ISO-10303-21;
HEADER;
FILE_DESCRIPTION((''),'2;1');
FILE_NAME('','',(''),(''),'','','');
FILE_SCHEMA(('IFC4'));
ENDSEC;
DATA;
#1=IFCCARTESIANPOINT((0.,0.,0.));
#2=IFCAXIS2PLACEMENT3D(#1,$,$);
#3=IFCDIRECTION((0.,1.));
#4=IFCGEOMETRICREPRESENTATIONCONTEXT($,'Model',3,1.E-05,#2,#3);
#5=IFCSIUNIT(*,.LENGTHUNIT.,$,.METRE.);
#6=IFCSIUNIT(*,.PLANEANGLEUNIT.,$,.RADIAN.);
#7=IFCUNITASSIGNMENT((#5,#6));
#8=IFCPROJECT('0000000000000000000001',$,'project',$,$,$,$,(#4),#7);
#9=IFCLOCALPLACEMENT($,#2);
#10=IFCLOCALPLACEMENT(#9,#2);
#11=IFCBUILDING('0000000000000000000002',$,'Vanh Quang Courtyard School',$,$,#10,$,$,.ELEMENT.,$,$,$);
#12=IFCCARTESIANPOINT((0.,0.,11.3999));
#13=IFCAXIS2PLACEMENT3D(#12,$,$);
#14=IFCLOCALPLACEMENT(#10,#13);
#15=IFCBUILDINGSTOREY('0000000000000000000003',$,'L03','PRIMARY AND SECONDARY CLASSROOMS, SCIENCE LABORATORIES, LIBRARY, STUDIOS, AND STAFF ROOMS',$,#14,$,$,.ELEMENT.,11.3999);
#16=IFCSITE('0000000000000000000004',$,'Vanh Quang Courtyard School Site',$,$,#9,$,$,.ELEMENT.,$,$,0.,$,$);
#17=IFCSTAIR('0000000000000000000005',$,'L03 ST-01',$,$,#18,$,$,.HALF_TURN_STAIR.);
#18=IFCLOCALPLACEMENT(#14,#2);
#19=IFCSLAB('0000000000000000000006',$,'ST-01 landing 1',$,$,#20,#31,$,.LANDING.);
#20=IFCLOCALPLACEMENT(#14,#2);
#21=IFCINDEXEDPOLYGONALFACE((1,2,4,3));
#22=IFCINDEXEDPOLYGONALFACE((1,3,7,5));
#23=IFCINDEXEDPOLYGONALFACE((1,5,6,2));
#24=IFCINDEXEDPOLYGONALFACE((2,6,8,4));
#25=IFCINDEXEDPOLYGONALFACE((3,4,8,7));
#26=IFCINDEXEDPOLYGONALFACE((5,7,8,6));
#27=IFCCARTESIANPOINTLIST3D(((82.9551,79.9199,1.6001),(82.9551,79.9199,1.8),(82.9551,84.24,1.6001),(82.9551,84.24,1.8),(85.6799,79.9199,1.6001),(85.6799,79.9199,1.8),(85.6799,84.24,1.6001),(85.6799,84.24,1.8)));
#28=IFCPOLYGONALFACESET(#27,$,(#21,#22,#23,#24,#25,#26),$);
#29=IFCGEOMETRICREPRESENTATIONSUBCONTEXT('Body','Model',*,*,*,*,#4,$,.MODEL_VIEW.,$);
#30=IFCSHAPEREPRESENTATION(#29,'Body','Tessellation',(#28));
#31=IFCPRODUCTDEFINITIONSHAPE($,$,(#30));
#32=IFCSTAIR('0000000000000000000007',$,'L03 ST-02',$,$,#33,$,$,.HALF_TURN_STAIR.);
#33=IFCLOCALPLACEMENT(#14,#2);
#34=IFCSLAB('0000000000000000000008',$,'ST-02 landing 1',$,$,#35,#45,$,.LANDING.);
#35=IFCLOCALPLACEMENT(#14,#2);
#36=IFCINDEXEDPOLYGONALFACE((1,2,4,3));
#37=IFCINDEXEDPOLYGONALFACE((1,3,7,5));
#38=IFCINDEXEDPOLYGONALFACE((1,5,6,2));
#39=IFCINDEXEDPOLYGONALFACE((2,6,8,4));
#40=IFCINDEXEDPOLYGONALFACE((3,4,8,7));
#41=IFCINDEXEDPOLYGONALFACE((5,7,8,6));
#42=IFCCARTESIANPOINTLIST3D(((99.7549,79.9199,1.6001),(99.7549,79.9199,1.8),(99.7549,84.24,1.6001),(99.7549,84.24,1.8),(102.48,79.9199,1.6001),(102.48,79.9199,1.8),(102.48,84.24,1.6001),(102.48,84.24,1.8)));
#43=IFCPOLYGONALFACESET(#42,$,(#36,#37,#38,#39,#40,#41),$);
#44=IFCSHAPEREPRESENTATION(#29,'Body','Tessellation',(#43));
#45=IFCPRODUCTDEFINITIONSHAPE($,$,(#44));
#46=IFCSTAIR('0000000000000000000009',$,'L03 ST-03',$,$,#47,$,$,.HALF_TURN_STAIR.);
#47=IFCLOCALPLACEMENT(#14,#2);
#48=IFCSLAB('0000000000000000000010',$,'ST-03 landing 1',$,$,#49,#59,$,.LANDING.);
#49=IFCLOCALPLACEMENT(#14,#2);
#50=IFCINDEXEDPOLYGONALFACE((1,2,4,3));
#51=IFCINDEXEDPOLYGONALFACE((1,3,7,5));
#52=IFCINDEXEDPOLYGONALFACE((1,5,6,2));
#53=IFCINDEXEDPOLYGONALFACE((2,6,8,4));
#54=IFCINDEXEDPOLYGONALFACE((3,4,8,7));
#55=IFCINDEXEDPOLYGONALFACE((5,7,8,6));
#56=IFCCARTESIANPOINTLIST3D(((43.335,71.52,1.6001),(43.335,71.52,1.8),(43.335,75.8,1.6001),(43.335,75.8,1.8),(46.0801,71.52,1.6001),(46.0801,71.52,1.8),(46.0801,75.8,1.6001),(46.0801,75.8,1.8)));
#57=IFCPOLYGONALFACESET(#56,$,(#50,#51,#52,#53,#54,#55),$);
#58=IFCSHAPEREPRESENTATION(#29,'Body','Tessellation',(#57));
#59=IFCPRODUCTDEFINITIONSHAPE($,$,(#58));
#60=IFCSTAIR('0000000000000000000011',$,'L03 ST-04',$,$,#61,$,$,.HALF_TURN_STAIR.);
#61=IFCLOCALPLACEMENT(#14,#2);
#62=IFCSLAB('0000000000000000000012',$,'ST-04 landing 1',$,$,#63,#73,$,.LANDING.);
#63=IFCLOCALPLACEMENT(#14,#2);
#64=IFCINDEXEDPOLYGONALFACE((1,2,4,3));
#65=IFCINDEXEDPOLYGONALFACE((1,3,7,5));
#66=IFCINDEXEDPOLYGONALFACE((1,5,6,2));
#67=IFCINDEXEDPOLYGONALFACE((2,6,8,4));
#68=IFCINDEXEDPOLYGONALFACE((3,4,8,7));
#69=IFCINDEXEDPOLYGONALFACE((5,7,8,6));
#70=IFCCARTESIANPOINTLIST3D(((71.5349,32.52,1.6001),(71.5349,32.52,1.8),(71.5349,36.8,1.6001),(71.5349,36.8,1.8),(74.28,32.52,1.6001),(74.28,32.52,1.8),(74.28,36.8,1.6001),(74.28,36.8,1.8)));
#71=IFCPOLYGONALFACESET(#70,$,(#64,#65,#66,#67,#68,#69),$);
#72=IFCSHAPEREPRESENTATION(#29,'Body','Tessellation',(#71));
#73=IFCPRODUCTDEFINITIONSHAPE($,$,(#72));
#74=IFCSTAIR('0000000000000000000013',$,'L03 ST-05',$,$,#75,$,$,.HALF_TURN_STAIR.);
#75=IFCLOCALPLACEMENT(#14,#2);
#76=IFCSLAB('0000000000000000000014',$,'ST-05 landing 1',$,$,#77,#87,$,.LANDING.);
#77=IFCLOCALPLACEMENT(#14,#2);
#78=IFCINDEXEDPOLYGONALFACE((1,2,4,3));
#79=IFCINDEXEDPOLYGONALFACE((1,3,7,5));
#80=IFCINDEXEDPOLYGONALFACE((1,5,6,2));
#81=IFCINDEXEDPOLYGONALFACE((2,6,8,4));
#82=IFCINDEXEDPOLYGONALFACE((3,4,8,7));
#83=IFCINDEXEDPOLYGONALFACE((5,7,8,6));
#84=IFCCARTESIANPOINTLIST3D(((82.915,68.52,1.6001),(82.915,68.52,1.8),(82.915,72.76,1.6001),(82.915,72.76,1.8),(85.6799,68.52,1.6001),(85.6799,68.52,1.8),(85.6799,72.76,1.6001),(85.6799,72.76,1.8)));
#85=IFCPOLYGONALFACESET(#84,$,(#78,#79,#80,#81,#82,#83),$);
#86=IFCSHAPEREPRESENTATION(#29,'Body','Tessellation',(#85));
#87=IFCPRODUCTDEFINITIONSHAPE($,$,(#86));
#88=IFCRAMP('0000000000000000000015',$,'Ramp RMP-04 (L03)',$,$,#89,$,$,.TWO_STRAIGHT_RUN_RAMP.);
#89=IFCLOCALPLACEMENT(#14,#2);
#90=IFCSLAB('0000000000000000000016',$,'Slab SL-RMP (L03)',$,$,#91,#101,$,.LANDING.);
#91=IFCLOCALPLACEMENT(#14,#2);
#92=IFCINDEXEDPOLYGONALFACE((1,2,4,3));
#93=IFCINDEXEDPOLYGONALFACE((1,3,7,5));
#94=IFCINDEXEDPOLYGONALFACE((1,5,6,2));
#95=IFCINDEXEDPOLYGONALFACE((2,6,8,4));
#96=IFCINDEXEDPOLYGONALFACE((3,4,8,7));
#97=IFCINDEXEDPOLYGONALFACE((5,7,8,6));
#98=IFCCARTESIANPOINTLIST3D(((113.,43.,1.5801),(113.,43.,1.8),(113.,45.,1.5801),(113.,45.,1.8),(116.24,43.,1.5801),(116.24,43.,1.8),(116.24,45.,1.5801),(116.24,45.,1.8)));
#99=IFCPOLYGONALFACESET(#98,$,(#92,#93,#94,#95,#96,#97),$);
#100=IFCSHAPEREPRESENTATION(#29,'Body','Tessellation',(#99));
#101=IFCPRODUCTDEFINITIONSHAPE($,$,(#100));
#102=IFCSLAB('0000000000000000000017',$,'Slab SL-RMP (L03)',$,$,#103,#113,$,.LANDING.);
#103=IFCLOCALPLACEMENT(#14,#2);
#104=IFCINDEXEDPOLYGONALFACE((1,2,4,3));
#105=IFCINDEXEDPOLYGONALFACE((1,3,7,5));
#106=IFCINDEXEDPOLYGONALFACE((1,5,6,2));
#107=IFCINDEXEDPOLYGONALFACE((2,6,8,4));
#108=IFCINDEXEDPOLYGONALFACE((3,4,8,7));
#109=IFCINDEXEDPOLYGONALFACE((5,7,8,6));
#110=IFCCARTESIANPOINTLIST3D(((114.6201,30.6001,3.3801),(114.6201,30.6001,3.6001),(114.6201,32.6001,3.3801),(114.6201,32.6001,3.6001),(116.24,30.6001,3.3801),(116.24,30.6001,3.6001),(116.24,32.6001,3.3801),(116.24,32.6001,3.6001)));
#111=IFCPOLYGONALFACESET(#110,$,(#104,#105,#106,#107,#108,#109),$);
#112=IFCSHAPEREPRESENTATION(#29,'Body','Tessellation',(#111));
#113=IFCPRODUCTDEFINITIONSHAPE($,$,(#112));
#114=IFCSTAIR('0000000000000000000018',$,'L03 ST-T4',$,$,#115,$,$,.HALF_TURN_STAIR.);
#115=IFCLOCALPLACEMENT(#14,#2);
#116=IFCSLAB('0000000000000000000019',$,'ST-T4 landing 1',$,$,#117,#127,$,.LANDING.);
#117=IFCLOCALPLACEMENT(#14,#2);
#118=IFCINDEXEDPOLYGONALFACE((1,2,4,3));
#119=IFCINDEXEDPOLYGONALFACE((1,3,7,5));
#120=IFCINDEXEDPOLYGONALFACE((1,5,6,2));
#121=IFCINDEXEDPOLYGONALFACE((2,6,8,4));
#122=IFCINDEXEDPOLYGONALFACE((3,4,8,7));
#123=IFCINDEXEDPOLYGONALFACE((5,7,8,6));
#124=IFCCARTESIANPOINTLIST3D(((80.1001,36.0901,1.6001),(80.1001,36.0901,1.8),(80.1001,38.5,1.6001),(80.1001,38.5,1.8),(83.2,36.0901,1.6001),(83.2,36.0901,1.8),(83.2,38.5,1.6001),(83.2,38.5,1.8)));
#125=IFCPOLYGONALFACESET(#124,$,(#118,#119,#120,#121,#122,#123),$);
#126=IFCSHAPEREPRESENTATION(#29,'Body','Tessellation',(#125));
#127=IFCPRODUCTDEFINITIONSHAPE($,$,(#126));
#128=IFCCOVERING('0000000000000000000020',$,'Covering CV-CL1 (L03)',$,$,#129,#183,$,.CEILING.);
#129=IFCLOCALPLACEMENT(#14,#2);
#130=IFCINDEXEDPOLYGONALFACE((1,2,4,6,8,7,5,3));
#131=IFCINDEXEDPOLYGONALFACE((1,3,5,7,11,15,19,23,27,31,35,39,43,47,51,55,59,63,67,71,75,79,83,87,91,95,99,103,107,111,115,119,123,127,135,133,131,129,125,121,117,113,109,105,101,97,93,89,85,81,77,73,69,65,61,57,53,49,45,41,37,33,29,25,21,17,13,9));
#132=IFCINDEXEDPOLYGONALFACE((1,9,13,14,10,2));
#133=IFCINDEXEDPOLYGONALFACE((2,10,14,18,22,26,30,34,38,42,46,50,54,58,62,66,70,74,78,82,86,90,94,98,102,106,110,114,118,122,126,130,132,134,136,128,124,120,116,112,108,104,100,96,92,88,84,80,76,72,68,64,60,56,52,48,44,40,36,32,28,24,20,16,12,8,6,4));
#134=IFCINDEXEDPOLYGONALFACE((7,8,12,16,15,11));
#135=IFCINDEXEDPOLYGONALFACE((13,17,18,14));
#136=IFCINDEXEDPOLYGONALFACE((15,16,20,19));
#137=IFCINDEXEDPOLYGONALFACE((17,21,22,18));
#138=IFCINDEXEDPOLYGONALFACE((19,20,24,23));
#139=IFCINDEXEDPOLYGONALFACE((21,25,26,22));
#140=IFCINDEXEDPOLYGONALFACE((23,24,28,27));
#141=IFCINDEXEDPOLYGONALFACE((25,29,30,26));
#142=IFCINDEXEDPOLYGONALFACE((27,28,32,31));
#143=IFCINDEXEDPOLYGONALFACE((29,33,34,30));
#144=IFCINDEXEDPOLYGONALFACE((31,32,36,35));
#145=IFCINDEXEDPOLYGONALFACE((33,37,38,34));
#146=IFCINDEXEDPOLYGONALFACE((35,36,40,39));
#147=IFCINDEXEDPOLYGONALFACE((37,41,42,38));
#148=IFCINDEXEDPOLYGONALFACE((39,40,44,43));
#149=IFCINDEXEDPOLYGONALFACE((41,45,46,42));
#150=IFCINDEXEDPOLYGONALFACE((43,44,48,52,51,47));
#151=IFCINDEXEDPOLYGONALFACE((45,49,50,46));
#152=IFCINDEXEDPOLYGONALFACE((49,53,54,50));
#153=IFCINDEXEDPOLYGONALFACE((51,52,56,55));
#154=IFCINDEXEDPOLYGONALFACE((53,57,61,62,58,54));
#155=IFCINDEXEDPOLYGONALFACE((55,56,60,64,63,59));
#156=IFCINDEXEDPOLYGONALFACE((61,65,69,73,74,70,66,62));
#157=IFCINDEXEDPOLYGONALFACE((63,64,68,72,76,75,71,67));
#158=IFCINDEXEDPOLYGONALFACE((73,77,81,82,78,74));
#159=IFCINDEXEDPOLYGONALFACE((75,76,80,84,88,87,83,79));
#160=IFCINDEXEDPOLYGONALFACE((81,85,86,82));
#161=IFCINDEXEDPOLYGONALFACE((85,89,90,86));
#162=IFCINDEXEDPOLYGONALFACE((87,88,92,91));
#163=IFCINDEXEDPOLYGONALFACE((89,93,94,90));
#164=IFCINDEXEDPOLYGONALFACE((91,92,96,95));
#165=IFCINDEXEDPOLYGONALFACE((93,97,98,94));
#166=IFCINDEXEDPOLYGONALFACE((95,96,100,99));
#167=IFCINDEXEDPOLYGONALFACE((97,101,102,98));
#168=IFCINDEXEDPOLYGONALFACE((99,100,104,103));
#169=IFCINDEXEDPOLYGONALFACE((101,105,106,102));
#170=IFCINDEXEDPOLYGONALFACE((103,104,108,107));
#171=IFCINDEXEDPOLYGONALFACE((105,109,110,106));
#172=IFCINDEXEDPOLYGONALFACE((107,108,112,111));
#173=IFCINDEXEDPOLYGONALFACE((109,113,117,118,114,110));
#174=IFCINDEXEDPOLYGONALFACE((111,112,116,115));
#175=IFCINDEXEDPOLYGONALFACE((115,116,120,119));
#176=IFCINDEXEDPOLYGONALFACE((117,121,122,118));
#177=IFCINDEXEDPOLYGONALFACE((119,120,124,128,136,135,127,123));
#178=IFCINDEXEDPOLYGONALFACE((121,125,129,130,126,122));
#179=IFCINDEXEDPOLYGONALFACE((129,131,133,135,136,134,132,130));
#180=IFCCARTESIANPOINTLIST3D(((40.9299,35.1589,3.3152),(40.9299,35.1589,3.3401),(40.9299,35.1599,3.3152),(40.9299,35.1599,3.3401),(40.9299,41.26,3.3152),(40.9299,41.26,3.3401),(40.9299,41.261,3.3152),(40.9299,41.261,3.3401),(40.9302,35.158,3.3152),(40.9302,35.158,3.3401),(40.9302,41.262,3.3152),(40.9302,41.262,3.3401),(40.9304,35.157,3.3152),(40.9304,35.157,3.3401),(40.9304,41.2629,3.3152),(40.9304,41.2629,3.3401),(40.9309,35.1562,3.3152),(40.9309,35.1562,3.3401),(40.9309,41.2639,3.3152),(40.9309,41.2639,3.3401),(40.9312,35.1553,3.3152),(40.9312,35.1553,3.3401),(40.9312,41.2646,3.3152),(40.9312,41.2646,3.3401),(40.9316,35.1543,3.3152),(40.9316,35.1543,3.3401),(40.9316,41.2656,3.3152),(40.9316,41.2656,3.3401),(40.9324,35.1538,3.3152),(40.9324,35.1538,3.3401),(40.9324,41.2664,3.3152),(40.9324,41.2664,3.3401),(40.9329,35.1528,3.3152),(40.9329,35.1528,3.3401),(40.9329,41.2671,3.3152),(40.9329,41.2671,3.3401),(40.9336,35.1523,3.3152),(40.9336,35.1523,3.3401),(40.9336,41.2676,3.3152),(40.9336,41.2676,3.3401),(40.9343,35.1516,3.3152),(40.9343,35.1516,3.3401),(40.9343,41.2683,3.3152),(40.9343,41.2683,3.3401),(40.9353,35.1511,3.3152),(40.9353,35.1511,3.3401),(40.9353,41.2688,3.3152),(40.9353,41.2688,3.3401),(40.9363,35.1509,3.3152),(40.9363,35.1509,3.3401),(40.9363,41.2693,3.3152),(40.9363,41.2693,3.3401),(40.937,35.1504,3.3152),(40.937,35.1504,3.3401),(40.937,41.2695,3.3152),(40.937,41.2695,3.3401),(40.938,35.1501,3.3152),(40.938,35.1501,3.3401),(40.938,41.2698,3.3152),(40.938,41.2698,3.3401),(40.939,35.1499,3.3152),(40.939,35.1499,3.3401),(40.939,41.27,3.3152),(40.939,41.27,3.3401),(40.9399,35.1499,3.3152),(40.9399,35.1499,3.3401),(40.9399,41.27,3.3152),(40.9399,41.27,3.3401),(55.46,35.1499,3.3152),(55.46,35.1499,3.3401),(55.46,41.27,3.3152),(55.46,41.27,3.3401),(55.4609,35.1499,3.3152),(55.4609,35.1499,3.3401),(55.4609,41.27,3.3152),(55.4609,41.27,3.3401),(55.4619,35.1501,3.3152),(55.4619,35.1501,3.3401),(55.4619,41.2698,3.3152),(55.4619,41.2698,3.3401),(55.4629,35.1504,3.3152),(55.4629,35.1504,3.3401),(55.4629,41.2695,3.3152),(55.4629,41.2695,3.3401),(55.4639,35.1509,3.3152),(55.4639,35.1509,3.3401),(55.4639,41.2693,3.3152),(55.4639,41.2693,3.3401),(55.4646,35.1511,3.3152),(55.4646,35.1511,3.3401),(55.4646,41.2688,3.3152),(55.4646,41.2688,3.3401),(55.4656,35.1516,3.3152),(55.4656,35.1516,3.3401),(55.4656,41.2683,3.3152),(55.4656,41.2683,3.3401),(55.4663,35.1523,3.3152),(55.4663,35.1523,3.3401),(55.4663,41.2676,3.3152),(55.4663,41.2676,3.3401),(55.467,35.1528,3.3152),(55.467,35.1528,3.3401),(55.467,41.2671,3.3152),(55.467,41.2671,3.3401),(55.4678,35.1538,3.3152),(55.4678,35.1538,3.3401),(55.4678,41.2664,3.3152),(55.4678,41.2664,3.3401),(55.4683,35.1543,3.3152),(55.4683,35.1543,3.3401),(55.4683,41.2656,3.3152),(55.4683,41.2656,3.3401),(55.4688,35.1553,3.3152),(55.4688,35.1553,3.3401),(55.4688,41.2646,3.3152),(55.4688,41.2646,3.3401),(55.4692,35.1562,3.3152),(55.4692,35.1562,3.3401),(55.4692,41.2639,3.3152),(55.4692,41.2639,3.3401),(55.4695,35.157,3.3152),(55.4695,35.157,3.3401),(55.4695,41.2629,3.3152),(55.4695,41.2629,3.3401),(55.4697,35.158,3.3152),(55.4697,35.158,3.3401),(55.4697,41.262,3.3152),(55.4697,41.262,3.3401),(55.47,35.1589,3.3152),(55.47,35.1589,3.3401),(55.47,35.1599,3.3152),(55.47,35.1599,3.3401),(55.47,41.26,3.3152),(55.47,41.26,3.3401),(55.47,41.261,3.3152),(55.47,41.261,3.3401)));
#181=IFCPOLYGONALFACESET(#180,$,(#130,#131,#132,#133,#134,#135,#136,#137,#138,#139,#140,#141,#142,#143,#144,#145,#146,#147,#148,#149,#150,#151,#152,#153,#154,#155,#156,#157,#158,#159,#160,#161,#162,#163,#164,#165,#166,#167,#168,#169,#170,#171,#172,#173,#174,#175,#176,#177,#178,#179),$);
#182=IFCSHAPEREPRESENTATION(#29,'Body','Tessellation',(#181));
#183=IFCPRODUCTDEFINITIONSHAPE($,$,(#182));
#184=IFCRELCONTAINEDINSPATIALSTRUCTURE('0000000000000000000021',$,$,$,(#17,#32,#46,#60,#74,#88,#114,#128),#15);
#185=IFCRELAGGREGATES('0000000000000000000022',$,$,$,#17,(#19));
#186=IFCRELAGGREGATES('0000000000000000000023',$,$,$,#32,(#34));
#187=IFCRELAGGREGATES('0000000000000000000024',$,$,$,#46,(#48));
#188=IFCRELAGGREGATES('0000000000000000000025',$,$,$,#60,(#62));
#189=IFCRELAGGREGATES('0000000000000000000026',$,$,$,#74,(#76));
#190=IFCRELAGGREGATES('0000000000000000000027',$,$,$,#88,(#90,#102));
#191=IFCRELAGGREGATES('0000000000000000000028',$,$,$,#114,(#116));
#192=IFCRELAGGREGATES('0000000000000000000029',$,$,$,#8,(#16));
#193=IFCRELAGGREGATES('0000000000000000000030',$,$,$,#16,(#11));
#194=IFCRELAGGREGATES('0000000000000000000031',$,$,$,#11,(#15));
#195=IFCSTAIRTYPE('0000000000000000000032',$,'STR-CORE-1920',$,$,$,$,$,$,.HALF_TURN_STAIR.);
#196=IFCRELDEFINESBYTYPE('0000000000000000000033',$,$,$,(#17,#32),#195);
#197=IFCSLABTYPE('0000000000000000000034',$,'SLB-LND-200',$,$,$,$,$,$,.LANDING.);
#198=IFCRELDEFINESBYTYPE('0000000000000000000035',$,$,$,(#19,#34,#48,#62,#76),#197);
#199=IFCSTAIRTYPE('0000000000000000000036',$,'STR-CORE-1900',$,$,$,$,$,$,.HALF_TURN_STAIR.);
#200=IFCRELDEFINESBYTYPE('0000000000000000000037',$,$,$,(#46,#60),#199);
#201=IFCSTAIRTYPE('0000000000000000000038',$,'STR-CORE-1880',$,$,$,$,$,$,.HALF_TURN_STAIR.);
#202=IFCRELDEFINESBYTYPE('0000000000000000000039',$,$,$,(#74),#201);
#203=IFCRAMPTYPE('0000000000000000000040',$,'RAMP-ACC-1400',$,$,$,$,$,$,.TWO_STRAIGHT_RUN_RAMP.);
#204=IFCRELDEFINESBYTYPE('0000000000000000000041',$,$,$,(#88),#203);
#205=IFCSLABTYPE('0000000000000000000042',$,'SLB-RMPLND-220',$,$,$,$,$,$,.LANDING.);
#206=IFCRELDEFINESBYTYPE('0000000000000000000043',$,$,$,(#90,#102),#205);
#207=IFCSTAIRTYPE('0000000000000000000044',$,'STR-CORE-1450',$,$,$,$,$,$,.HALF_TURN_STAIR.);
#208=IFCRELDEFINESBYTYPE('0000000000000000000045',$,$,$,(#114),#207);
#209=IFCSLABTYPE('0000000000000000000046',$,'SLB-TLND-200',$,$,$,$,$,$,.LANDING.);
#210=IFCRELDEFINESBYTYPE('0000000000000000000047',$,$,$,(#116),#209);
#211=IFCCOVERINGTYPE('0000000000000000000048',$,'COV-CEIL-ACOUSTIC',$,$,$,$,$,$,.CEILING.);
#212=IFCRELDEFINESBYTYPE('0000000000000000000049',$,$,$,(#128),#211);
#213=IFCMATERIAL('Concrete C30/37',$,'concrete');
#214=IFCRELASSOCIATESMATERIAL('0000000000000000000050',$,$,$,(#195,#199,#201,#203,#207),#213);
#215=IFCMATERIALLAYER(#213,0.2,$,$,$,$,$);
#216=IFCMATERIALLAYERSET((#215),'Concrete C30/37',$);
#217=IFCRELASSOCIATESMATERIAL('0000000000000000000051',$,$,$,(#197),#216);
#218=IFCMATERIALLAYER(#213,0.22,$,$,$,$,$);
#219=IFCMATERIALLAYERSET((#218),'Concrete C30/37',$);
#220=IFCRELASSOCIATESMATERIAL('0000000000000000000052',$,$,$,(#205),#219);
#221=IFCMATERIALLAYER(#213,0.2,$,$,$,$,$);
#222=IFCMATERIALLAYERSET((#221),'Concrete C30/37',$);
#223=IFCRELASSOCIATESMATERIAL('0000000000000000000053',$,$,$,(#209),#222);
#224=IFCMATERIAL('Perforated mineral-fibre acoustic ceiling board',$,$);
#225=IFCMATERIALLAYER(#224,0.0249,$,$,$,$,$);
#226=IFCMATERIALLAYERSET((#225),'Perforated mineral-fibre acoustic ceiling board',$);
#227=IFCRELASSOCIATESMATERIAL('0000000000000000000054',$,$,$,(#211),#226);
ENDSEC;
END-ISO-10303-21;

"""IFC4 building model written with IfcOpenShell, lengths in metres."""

from ifc_helpers import new_model, si_unit, direction, frame, origin, place, context, subcontext, project, spatial, polyline, outline, extrude, material, layer, layer_set, type_object, element, aggregate, save


model = new_model("IFC4")

# Units and contexts
model_context = context("Model", 3, precision=1e-05, world=origin(), true_north=direction((0.0, 1.0)))
body_context = subcontext(model_context, "Body", "Model", "MODEL_VIEW")
ifc_project = project(units=[si_unit("LENGTHUNIT", "METRE"), si_unit("PLANEANGLEUNIT", "RADIAN")], contexts=[model_context])

# Site, building, storey
site_placement = place(None, origin())
site = spatial("IfcSite", under=ifc_project, at=site_placement, Name="Vanh Quang Courtyard School Site", CompositionType="ELEMENT", RefElevation=0.0)
building_placement = place(site_placement, origin())
building = spatial("IfcBuilding", under=site, at=building_placement, Name="Vanh Quang Courtyard School", CompositionType="ELEMENT")
storey_placement = place(building_placement, frame((0.0, 0.0, 11.3999)))
storey = spatial("IfcBuildingStorey", under=building, at=storey_placement, Name="L03", Description="PRIMARY AND SECONDARY CLASSROOMS, SCIENCE LABORATORIES, LIBRARY, STUDIOS, AND STAFF ROOMS", CompositionType="ELEMENT", Elevation=11.3999)

# Stairs, slabs
ifc_material_1 = material(Name="Concrete C30/37", Category="concrete")
stair_type_1 = type_object("IfcStairType", Name="STR-CORE-1920", PredefinedType="HALF_TURN_STAIR", material=ifc_material_1)
stair_1_placement = place(storey_placement, origin())
stair_1 = element("IfcStair", 1, at=stair_1_placement, inside=storey, type_object=stair_type_1, Name="L03 ST-01", PredefinedType="HALF_TURN_STAIR")
ifc_layer_1 = layer(ifc_material_1, 0.2)
ifc_layer_set_1 = layer_set([ifc_layer_1], Name="Concrete C30/37")
slab_type_1 = type_object("IfcSlabType", Name="SLB-LND-200", PredefinedType="LANDING", material=ifc_layer_set_1)
slab_1_placement = place(storey_placement, frame((0.0, 0.0, 1.6001)))
slab_1 = element("IfcSlab", 2, at=slab_1_placement, type_object=slab_type_1, Name="ST-01 landing 1", PredefinedType="LANDING", context=body_context, shape_type="SweptSolid", body=[
    extrude(outline(polyline([(82.9551, 79.9199), (85.6799, 79.9199), (85.6799, 84.24), (82.9551, 84.24), (82.9551, 79.9199)])), origin(), (0.0, 0.0, 1.0), 0.2),
])
aggregate(stair_1, [slab_1])
stair_2_placement = place(storey_placement, origin())
stair_2 = element("IfcStair", 3, at=stair_2_placement, inside=storey, type_object=stair_type_1, Name="L03 ST-02", PredefinedType="HALF_TURN_STAIR")
slab_2_placement = place(storey_placement, frame((0.0, 0.0, 1.6001)))
slab_2 = element("IfcSlab", 4, at=slab_2_placement, type_object=slab_type_1, Name="ST-02 landing 1", PredefinedType="LANDING", context=body_context, shape_type="SweptSolid", body=[
    extrude(outline(polyline([(99.7549, 79.9199), (102.48, 79.9199), (102.48, 84.24), (99.7549, 84.24), (99.7549, 79.9199)])), origin(), (0.0, 0.0, 1.0), 0.2),
])
aggregate(stair_2, [slab_2])
stair_type_2 = type_object("IfcStairType", Name="STR-CORE-1900", PredefinedType="HALF_TURN_STAIR", material=ifc_material_1)
stair_3_placement = place(storey_placement, origin())
stair_3 = element("IfcStair", 5, at=stair_3_placement, inside=storey, type_object=stair_type_2, Name="L03 ST-03", PredefinedType="HALF_TURN_STAIR")
slab_3_placement = place(storey_placement, frame((0.0, 0.0, 1.6001)))
slab_3 = element("IfcSlab", 6, at=slab_3_placement, type_object=slab_type_1, Name="ST-03 landing 1", PredefinedType="LANDING", context=body_context, shape_type="SweptSolid", body=[
    extrude(outline(polyline([(43.335, 71.52), (46.0801, 71.52), (46.0801, 75.8), (43.335, 75.8), (43.335, 71.52)])), origin(), (0.0, 0.0, 1.0), 0.2),
])
aggregate(stair_3, [slab_3])
stair_4_placement = place(storey_placement, origin())
stair_4 = element("IfcStair", 7, at=stair_4_placement, inside=storey, type_object=stair_type_2, Name="L03 ST-04", PredefinedType="HALF_TURN_STAIR")
slab_4_placement = place(storey_placement, frame((0.0, 0.0, 1.6001)))
slab_4 = element("IfcSlab", 8, at=slab_4_placement, type_object=slab_type_1, Name="ST-04 landing 1", PredefinedType="LANDING", context=body_context, shape_type="SweptSolid", body=[
    extrude(outline(polyline([(71.5349, 32.52), (74.28, 32.52), (74.28, 36.8), (71.5349, 36.8), (71.5349, 32.52)])), origin(), (0.0, 0.0, 1.0), 0.2),
])
aggregate(stair_4, [slab_4])
stair_type_3 = type_object("IfcStairType", Name="STR-CORE-1880", PredefinedType="HALF_TURN_STAIR", material=ifc_material_1)
stair_5_placement = place(storey_placement, origin())
stair_5 = element("IfcStair", 9, at=stair_5_placement, inside=storey, type_object=stair_type_3, Name="L03 ST-05", PredefinedType="HALF_TURN_STAIR")
slab_5_placement = place(storey_placement, frame((0.0, 0.0, 1.6001)))
slab_5 = element("IfcSlab", 10, at=slab_5_placement, type_object=slab_type_1, Name="ST-05 landing 1", PredefinedType="LANDING", context=body_context, shape_type="SweptSolid", body=[
    extrude(outline(polyline([(82.915, 68.52), (85.6799, 68.52), (85.6799, 72.76), (82.915, 72.76), (82.915, 68.52)])), origin(), (0.0, 0.0, 1.0), 0.2),
])
aggregate(stair_5, [slab_5])

# Ramp, slabs
ramp_type = type_object("IfcRampType", Name="RAMP-ACC-1400", PredefinedType="TWO_STRAIGHT_RUN_RAMP", material=ifc_material_1)
ramp_placement = place(storey_placement, origin())
ramp = element("IfcRamp", 11, at=ramp_placement, inside=storey, type_object=ramp_type, Name="Ramp RMP-04 (L03)", PredefinedType="TWO_STRAIGHT_RUN_RAMP")
ifc_layer_2 = layer(ifc_material_1, 0.22)
ifc_layer_set_2 = layer_set([ifc_layer_2], Name="Concrete C30/37")
slab_type_2 = type_object("IfcSlabType", Name="SLB-RMPLND-220", PredefinedType="LANDING", material=ifc_layer_set_2)
slab_6_placement = place(storey_placement, frame((0.0, 0.0, 1.5801)))
slab_6 = element("IfcSlab", 12, at=slab_6_placement, type_object=slab_type_2, Name="Slab SL-RMP (L03)", PredefinedType="LANDING", context=body_context, shape_type="SweptSolid", body=[
    extrude(outline(polyline([(116.24, 43.0), (116.24, 45.0), (113.0, 45.0), (113.0, 43.0), (116.24, 43.0)])), origin(), (0.0, 0.0, 1.0), 0.22),
])
slab_7_placement = place(storey_placement, frame((0.0, 0.0, 3.3801)))
slab_7 = element("IfcSlab", 13, at=slab_7_placement, type_object=slab_type_2, Name="Slab SL-RMP (L03)", PredefinedType="LANDING", context=body_context, shape_type="SweptSolid", body=[
    extrude(outline(polyline([(116.24, 30.6001), (116.24, 32.6001), (114.6201, 32.6001), (114.6201, 30.6001), (116.24, 30.6001)])), origin(), (0.0, 0.0, 1.0), 0.22),
])
aggregate(ramp, [slab_6, slab_7])

# Stair, slab
stair_type_4 = type_object("IfcStairType", Name="STR-CORE-1450", PredefinedType="HALF_TURN_STAIR", material=ifc_material_1)
stair_6_placement = place(storey_placement, origin())
stair_6 = element("IfcStair", 14, at=stair_6_placement, inside=storey, type_object=stair_type_4, Name="L03 ST-T4", PredefinedType="HALF_TURN_STAIR")
ifc_layer_3 = layer(ifc_material_1, 0.2)
ifc_layer_set_3 = layer_set([ifc_layer_3], Name="Concrete C30/37")
slab_type_3 = type_object("IfcSlabType", Name="SLB-TLND-200", PredefinedType="LANDING", material=ifc_layer_set_3)
slab_8_placement = place(storey_placement, frame((0.0, 0.0, 1.6001)))
slab_8 = element("IfcSlab", 15, at=slab_8_placement, type_object=slab_type_3, Name="ST-T4 landing 1", PredefinedType="LANDING", context=body_context, shape_type="SweptSolid", body=[
    extrude(outline(polyline([(83.2, 36.0901), (83.2, 38.5), (80.1001, 38.5), (80.1001, 36.0901), (83.2, 36.0901)])), origin(), (0.0, 0.0, 1.0), 0.2),
])
aggregate(stair_6, [slab_8])

# Covering
ifc_material_2 = material(Name="Perforated mineral-fibre acoustic ceiling board")
ifc_layer_4 = layer(ifc_material_2, 0.0249)
ifc_layer_set_4 = layer_set([ifc_layer_4], Name="Perforated mineral-fibre acoustic ceiling board")
covering_type_1 = type_object("IfcCoveringType", Name="COV-CEIL-ACOUSTIC", PredefinedType="CEILING", material=ifc_layer_set_4)
covering_1_placement = place(storey_placement, frame((0.0, 0.0, 3.3152)))
element("IfcCovering", 16, at=covering_1_placement, inside=storey, type_object=covering_type_1, Name="Covering CV-CL1 (L03)", PredefinedType="CEILING", context=body_context, shape_type="SweptSolid", body=[
    extrude(outline(polyline([(55.47, 35.1599), (55.47, 35.1589), (55.4697, 35.158), (55.4695, 35.157), (55.4692, 35.1562), (55.4688, 35.1553), (55.4683, 35.1543), (55.4678, 35.1538), (55.467, 35.1528), (55.4663, 35.1523), (55.4656, 35.1516), (55.4646, 35.1511), (55.4639, 35.1509), (55.4629, 35.1504), (55.4619, 35.1501), (55.4609, 35.1499), (55.46, 35.1499), (40.9399, 35.1499), (40.939, 35.1499), (40.938, 35.1501), (40.937, 35.1504), (40.9363, 35.1509), (40.9353, 35.1511), (40.9343, 35.1516), (40.9336, 35.1523), (40.9329, 35.1528), (40.9324, 35.1538), (40.9316, 35.1543), (40.9312, 35.1553), (40.9309, 35.1562), (40.9304, 35.157), (40.9302, 35.158), (40.9299, 35.1589), (40.9299, 35.1599), (40.9299, 41.26), (40.9299, 41.261), (40.9302, 41.262), (40.9304, 41.2629), (40.9309, 41.2639), (40.9312, 41.2646), (40.9316, 41.2656), (40.9324, 41.2664), (40.9329, 41.2671), (40.9336, 41.2676), (40.9343, 41.2683), (40.9353, 41.2688), (40.9363, 41.2693), (40.937, 41.2695), (40.938, 41.2698), (40.939, 41.27), (40.9399, 41.27), (55.46, 41.27), (55.4609, 41.27), (55.4619, 41.2698), (55.4629, 41.2695), (55.4639, 41.2693), (55.4646, 41.2688), (55.4656, 41.2683), (55.4663, 41.2676), (55.467, 41.2671), (55.4678, 41.2664), (55.4683, 41.2656), (55.4688, 41.2646), (55.4692, 41.2639), (55.4695, 41.2629), (55.4697, 41.262), (55.47, 41.261), (55.47, 41.26), (55.47, 35.1599)])), origin(), (0.0, 0.0, 1.0), 0.0249),
])

save(model, "model.ifc")
